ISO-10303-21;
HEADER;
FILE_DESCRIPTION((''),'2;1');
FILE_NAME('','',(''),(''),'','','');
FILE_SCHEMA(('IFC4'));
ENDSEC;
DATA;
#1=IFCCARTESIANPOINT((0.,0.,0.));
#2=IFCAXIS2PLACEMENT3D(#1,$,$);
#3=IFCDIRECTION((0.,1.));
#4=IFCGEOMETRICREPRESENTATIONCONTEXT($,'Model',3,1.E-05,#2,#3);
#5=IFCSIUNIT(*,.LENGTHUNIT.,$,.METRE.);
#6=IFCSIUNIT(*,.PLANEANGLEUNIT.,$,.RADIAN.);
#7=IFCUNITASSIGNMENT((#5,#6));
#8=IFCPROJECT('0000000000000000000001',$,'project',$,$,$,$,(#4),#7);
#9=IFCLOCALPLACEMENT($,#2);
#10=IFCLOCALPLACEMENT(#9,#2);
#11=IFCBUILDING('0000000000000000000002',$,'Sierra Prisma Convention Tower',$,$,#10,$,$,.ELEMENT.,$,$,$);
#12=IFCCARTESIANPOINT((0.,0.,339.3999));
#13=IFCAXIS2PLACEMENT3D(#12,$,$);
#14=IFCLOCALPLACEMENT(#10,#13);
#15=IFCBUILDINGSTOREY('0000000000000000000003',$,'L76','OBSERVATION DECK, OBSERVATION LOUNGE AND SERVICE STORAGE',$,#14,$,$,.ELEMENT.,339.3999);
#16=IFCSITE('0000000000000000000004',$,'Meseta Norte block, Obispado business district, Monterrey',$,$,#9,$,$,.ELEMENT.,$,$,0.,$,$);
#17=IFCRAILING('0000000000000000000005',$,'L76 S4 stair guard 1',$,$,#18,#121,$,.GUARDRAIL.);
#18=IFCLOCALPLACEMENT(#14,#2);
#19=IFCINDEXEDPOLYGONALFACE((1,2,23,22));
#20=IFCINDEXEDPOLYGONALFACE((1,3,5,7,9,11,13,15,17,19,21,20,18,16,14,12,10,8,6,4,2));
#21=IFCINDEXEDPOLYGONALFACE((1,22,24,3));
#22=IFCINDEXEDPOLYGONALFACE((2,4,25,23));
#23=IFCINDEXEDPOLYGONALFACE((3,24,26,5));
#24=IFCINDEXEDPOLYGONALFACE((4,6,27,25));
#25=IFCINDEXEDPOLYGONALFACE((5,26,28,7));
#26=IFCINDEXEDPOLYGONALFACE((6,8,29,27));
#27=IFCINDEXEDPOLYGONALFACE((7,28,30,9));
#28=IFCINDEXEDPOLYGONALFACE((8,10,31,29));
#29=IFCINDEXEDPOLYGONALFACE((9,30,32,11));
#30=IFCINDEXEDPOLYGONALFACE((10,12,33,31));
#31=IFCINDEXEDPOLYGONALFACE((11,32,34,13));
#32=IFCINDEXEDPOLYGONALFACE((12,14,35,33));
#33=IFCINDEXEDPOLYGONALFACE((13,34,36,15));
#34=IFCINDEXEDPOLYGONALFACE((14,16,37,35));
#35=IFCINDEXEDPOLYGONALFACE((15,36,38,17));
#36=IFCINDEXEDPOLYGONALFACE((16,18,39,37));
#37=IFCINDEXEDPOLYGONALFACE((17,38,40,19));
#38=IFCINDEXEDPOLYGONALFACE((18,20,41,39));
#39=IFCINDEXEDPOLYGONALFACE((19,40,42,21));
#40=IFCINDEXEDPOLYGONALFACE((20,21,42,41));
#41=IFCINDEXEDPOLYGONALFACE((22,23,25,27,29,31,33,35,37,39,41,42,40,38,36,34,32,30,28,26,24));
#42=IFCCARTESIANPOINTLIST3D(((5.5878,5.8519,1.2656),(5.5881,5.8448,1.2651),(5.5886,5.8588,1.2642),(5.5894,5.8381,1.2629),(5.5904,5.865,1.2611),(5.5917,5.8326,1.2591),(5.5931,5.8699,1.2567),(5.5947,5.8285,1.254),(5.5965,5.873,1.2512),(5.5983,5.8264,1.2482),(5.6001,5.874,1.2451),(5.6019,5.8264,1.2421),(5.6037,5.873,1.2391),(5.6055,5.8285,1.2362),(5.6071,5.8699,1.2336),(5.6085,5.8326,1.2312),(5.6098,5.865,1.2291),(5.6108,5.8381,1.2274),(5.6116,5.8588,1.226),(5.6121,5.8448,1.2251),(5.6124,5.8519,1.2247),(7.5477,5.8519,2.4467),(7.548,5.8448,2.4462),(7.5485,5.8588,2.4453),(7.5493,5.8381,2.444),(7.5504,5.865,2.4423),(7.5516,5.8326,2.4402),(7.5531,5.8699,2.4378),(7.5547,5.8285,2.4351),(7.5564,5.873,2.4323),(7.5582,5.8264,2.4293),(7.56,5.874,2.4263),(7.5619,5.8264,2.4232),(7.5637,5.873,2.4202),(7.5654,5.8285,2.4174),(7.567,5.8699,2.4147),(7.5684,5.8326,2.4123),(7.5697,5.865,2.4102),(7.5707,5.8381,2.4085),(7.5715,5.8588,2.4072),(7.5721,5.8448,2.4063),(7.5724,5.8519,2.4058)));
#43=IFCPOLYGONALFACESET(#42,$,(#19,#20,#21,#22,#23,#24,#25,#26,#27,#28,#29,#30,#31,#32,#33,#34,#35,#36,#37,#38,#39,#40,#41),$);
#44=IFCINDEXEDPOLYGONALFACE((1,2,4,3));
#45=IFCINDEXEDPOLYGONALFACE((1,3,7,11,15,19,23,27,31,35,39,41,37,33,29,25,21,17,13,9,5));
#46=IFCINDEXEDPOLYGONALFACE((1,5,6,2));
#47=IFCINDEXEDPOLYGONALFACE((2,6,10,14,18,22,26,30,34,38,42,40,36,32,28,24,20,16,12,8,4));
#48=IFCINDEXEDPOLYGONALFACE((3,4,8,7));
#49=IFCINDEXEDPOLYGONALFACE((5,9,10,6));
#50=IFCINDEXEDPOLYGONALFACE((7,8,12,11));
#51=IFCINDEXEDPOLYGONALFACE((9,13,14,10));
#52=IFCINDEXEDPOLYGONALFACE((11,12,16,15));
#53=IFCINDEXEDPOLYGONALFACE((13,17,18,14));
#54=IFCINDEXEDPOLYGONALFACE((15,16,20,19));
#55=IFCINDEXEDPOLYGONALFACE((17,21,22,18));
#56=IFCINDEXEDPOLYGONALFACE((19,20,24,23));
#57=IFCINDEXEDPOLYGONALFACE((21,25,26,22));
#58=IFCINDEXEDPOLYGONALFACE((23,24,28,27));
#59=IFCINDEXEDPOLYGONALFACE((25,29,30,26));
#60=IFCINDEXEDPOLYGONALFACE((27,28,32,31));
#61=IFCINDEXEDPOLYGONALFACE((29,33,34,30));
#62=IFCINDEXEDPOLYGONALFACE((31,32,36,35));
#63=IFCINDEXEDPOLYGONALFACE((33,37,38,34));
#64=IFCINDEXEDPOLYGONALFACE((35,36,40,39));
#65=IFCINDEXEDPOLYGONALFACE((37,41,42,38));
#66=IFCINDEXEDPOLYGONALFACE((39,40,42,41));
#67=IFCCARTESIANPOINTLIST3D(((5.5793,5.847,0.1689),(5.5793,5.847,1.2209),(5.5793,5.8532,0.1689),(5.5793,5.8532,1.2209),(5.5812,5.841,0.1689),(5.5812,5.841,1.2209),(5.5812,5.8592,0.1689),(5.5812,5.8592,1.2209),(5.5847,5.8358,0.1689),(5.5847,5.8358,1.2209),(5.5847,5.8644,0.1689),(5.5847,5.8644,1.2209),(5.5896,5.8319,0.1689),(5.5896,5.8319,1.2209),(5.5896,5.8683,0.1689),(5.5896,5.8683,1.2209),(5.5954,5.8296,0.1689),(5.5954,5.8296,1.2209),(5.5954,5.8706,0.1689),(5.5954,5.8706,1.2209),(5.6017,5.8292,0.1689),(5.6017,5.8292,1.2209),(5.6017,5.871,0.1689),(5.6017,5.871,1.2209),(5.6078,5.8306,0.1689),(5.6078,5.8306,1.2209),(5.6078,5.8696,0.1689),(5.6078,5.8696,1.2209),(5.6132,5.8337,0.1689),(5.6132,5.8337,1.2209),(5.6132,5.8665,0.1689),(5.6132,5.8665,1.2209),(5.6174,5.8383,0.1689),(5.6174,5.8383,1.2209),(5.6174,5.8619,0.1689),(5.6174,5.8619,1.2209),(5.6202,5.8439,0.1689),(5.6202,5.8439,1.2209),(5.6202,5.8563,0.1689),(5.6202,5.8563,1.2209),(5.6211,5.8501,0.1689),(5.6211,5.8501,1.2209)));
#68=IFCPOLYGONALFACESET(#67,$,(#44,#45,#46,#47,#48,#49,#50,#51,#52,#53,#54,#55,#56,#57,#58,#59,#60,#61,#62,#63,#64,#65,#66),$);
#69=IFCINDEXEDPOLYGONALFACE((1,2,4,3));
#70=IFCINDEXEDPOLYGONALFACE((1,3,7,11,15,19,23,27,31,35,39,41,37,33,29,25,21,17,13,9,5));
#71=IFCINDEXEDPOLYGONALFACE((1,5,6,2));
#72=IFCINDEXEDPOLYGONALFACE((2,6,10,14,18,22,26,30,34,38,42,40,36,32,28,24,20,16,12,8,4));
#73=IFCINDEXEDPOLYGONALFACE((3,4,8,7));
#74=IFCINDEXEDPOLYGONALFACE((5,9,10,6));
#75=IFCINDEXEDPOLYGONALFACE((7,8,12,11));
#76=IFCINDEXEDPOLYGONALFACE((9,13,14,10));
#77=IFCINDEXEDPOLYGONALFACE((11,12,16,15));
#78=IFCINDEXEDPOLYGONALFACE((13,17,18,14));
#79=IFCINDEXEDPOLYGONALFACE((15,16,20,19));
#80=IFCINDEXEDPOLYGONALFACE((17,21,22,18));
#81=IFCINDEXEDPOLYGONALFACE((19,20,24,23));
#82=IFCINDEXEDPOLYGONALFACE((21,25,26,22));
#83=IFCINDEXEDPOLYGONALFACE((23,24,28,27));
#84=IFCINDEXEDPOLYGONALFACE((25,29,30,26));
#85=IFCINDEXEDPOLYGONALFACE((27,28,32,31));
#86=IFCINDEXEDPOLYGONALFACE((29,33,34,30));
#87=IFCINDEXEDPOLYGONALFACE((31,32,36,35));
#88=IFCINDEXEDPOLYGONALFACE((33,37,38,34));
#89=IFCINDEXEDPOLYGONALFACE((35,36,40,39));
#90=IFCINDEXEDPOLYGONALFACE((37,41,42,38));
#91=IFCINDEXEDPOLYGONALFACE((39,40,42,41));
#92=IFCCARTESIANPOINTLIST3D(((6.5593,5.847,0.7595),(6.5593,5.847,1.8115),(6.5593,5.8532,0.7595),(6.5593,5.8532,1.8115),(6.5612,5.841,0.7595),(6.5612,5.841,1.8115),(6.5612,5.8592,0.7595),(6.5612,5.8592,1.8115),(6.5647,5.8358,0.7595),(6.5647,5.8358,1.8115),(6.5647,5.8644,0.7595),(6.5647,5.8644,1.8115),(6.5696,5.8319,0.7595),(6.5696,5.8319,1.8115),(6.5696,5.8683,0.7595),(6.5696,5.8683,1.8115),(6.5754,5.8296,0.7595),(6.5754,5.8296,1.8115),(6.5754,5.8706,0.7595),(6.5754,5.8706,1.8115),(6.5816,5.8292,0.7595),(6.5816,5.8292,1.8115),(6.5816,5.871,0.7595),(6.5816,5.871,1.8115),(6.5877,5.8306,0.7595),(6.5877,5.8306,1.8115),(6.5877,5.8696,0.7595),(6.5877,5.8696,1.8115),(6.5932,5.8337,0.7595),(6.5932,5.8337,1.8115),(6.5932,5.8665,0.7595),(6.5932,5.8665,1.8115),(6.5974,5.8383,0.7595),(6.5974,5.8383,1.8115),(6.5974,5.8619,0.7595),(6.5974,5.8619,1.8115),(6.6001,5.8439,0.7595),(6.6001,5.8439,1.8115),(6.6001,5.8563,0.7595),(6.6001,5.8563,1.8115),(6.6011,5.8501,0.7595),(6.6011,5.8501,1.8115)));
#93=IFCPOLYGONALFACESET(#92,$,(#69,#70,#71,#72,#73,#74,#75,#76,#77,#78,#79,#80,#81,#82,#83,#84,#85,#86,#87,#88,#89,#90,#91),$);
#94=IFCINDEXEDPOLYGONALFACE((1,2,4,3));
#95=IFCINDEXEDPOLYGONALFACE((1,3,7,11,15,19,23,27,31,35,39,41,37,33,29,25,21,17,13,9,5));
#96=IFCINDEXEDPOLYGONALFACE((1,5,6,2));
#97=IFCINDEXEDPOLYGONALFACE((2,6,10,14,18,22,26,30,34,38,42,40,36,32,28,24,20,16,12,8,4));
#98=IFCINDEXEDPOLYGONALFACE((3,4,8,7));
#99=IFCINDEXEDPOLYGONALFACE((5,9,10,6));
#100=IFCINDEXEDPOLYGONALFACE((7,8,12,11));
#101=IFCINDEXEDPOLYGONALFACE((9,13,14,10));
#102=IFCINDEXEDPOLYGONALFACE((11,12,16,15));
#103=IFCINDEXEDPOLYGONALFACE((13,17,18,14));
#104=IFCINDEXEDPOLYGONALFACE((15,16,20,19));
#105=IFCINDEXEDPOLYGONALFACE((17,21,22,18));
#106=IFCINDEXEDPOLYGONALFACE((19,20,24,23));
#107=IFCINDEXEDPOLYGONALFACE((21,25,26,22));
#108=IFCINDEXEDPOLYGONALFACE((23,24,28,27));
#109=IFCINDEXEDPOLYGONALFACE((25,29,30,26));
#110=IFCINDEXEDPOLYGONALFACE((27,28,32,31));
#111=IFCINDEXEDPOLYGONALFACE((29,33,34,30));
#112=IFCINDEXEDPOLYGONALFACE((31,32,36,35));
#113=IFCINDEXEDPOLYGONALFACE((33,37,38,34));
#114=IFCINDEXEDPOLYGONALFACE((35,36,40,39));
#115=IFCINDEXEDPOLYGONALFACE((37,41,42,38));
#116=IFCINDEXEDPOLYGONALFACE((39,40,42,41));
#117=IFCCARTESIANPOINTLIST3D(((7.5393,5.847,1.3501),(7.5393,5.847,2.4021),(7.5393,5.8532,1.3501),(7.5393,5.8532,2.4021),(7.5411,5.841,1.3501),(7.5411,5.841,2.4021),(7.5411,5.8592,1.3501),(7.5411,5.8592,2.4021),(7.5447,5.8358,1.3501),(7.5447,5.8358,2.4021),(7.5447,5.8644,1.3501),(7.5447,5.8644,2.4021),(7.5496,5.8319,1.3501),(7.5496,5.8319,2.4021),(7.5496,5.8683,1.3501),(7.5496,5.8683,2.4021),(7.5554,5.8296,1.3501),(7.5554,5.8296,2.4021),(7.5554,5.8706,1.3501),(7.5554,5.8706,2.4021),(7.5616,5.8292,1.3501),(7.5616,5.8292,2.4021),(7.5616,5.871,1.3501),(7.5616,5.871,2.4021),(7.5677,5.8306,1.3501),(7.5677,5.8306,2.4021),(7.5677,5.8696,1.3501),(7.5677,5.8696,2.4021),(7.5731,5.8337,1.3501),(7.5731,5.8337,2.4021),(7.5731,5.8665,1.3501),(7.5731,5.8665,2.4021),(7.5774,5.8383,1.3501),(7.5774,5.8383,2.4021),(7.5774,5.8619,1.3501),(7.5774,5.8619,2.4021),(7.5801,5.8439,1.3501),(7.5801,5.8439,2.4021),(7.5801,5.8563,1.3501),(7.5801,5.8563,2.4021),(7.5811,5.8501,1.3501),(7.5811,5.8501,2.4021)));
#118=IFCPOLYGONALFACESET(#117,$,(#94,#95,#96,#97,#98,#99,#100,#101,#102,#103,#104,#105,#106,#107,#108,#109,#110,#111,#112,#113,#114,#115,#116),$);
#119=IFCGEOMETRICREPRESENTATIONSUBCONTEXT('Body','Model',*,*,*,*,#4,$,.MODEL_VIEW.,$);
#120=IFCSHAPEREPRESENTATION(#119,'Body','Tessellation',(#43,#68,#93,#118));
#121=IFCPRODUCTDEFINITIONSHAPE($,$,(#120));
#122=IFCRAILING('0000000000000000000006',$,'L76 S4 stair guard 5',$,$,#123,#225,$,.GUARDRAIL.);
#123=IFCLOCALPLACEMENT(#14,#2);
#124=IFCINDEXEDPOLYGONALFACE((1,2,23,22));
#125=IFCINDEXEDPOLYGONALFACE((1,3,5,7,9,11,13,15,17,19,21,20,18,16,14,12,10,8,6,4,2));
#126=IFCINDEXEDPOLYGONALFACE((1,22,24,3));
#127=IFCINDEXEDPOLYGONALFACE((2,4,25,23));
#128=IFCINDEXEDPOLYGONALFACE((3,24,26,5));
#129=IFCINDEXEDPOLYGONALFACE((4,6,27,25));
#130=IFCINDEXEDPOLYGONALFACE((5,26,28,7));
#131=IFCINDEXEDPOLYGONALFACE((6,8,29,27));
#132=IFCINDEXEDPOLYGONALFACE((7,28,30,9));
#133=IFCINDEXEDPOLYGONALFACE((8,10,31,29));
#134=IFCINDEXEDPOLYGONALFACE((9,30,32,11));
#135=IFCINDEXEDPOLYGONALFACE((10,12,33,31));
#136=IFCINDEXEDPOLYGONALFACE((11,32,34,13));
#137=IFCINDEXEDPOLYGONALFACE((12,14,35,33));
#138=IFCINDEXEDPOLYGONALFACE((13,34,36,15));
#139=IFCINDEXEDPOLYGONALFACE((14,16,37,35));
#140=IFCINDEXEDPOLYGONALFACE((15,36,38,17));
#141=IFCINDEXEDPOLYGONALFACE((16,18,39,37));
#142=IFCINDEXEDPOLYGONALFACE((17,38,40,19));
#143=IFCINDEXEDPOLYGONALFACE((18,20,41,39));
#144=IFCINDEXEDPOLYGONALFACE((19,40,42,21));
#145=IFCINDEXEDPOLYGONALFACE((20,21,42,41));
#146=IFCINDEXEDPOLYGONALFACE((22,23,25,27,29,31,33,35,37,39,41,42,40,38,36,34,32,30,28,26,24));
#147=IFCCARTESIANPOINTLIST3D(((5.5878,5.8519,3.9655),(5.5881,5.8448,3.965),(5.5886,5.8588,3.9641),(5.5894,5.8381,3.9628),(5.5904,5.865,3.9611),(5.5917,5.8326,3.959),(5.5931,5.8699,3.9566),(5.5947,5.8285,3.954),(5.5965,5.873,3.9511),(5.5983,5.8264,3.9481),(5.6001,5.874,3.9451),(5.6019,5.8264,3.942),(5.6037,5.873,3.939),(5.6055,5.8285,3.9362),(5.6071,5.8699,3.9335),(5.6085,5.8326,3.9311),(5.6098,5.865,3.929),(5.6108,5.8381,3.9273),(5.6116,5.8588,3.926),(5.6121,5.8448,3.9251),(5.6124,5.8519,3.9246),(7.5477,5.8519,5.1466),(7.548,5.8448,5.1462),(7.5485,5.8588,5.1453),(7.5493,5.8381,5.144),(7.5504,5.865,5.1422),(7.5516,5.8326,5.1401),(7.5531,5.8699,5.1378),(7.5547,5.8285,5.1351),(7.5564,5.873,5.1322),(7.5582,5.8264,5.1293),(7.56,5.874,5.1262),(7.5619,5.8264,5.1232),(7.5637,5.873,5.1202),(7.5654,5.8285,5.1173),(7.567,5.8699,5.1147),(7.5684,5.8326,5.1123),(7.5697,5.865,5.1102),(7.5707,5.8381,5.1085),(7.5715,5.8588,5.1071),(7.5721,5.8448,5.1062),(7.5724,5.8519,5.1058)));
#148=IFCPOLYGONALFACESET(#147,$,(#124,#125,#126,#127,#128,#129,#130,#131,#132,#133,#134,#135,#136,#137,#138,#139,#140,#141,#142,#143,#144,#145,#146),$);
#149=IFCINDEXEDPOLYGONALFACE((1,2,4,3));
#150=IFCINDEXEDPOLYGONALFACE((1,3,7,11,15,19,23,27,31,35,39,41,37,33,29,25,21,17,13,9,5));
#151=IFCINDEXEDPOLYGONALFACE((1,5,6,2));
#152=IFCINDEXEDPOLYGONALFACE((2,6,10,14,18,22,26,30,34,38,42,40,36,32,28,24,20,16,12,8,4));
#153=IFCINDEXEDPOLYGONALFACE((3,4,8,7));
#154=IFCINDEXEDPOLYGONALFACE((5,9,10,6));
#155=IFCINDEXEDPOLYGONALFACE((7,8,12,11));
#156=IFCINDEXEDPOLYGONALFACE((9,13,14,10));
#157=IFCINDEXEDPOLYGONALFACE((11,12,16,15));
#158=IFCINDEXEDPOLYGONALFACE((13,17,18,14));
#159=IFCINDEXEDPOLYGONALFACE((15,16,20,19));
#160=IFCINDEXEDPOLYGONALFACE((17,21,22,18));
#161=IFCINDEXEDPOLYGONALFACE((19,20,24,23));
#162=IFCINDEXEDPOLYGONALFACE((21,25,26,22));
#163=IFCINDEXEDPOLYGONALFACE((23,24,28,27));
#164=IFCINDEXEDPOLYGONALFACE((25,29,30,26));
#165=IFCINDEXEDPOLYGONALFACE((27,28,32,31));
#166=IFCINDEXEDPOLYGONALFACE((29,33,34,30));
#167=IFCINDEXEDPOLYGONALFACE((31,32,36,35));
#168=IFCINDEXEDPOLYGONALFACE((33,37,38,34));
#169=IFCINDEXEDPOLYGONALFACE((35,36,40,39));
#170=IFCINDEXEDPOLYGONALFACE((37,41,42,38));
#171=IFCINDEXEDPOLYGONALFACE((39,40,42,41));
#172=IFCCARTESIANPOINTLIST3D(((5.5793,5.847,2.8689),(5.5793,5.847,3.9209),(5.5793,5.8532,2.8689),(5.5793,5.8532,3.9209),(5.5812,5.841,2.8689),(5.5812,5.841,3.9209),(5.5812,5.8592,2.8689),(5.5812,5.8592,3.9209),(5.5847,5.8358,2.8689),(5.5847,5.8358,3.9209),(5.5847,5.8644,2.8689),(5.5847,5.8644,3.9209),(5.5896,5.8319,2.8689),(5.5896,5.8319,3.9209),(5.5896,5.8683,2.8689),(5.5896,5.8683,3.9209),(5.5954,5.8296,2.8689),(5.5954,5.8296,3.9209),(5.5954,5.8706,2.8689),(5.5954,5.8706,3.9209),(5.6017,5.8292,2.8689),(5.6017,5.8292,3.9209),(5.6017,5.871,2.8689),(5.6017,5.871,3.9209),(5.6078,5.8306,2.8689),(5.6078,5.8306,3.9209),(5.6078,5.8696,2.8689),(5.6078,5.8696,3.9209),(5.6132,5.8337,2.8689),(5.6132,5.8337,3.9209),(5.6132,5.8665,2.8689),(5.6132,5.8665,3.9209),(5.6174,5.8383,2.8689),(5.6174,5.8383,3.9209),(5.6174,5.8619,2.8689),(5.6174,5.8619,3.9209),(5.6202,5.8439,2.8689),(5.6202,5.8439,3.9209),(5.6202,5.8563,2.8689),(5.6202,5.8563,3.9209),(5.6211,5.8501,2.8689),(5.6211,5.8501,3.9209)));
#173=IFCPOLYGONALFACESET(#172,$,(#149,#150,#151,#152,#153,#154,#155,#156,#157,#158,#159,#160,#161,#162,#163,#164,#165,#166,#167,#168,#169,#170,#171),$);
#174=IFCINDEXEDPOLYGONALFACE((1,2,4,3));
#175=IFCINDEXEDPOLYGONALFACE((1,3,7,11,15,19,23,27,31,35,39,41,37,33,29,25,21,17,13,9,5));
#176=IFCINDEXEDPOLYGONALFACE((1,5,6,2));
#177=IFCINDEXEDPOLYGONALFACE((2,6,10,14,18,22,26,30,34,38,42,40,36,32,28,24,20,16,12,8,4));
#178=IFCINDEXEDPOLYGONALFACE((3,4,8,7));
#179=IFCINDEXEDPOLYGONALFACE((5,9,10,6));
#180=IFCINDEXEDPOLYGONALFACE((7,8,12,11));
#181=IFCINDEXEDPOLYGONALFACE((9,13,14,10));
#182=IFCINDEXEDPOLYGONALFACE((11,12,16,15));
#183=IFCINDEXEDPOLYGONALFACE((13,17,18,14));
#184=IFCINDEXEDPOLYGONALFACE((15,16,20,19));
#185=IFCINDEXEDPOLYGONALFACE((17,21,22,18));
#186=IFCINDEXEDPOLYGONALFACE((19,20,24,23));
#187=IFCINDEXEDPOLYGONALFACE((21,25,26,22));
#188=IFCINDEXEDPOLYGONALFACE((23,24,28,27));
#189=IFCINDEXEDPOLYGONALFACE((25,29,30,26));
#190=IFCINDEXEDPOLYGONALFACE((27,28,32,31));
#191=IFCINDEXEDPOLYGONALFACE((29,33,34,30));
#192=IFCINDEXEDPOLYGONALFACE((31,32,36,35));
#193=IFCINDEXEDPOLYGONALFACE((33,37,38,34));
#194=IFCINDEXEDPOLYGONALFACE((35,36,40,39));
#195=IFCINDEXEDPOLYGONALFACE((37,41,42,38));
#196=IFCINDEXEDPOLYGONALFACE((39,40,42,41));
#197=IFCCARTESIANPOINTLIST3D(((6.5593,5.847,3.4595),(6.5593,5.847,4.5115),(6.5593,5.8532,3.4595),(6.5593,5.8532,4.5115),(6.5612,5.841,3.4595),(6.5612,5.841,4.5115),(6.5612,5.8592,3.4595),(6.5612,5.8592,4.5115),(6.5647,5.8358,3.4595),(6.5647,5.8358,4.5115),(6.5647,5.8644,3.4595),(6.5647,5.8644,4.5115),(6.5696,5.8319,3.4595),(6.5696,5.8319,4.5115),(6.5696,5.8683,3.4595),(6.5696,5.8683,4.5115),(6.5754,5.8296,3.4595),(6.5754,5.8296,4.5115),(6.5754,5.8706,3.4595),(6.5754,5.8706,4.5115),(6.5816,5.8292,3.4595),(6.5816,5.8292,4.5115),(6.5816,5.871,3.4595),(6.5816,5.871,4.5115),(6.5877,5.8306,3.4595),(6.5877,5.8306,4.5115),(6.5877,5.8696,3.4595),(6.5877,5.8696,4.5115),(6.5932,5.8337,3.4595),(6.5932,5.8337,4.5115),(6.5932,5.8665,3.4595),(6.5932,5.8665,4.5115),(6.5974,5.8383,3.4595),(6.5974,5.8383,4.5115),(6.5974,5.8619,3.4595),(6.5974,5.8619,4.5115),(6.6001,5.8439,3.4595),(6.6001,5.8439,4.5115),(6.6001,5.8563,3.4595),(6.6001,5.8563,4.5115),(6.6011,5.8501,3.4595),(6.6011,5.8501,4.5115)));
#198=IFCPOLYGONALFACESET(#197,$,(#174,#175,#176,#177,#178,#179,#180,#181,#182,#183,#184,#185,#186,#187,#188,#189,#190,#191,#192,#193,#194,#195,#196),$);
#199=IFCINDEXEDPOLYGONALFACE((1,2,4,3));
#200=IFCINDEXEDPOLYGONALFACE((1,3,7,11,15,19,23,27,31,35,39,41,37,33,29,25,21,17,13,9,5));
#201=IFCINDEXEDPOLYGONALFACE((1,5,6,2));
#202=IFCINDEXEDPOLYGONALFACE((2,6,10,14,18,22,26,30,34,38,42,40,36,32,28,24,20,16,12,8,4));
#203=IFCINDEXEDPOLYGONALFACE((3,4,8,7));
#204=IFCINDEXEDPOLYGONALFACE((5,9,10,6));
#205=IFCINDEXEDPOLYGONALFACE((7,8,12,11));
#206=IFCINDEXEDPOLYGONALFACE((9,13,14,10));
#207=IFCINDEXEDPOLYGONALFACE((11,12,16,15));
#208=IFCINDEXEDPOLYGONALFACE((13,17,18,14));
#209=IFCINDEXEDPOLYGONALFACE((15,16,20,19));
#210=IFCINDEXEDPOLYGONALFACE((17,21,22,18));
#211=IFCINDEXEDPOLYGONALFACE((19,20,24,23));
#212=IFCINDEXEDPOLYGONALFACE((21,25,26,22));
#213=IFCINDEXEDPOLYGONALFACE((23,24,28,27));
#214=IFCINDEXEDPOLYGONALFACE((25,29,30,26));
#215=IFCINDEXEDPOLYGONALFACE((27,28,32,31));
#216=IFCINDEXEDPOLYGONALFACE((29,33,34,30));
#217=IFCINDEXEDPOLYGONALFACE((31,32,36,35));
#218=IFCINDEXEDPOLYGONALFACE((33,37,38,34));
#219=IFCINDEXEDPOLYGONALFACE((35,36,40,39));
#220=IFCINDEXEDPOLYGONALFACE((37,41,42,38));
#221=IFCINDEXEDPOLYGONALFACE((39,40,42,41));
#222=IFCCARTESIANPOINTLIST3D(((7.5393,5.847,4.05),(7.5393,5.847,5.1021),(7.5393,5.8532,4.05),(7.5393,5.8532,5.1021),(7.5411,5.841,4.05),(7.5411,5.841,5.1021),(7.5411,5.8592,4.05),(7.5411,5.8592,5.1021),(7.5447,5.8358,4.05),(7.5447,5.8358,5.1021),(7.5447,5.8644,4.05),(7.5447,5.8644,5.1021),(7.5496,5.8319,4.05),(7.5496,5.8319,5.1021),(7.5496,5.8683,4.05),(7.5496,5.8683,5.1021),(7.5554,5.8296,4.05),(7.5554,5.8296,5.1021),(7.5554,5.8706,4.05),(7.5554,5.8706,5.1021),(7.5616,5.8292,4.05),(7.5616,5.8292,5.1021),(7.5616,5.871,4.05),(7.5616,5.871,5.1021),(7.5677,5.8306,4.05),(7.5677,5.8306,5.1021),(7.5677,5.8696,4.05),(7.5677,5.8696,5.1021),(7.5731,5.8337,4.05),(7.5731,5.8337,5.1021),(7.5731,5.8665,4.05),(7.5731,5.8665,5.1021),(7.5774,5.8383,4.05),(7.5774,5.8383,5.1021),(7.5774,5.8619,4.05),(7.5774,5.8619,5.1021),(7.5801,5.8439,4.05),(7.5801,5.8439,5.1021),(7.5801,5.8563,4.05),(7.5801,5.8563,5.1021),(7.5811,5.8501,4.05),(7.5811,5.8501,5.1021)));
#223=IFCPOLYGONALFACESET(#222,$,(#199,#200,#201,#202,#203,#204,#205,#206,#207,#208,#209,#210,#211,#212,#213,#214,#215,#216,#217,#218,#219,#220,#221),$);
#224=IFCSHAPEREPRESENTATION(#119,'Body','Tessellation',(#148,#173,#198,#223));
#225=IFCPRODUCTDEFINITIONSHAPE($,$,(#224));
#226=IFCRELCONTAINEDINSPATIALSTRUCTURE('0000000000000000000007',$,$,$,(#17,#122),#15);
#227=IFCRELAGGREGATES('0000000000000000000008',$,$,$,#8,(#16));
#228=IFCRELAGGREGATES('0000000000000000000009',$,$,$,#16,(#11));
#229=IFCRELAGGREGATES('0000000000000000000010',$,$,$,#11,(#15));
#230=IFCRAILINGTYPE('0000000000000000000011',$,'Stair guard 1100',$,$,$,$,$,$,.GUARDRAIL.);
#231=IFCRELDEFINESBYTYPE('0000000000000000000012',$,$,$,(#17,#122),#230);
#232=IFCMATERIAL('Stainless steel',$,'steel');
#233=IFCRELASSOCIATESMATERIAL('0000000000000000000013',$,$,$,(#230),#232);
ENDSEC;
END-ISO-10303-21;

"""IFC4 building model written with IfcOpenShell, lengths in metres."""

from ifc_helpers import new_model, si_unit, direction, frame, origin, origin_2d, place, context, subcontext, project, spatial, circle, extrude, material, type_object, element, save


model = new_model("IFC4")

# Units and contexts
model_context = context("Model", 3, precision=1e-05, world=origin(), true_north=direction((0.0, 1.0)))
body_context = subcontext(model_context, "Body", "Model", "MODEL_VIEW")
ifc_project = project(units=[si_unit("LENGTHUNIT", "METRE"), si_unit("PLANEANGLEUNIT", "RADIAN")], contexts=[model_context])

# Site, building, storey
site_placement = place(None, origin())
site = spatial("IfcSite", under=ifc_project, at=site_placement, Name="Meseta Norte block, Obispado business district, Monterrey", CompositionType="ELEMENT", RefElevation=0.0)
building_placement = place(site_placement, origin())
building = spatial("IfcBuilding", under=site, at=building_placement, Name="Sierra Prisma Convention Tower", CompositionType="ELEMENT")
storey_placement = place(building_placement, frame((0.0, 0.0, 339.3999)))
storey = spatial("IfcBuildingStorey", under=building, at=storey_placement, Name="L76", Description="OBSERVATION DECK, OBSERVATION LOUNGE AND SERVICE STORAGE", CompositionType="ELEMENT", Elevation=339.3999)

# Railings
ifc_material_1 = material(Name="Stainless steel", Category="steel")
railing_type_1 = type_object("IfcRailingType", Name="Stair guard 1100", PredefinedType="GUARDRAIL", material=ifc_material_1)
for number, where, name in (
    (1, (5.6001, 5.8501, 0.1689), "L76 S4 stair guard 1"),
    (2, (5.6001, 5.8501, 2.8689), "L76 S4 stair guard 5"),
):
    element("IfcRailing", number, at=place(storey_placement, frame(where)), inside=storey, type_object=railing_type_1, Name=name, PredefinedType="GUARDRAIL", context=body_context, shape_type="SweptSolid", body=[
        extrude(circle(Radius=0.0239, at=origin_2d()), frame((0.0, 0.0, 1.0762), z_axis=(0.856493, 0.0, 0.516158), x_axis=(0.0, 1.0, 0.0)), (0.0, 0.0, 1.0), 2.2883),
        extrude(circle(Radius=0.021, at=origin_2d()), origin(), (0.0, 0.0, 1.0), 1.052),
        extrude(circle(Radius=0.021, at=origin_2d()), frame((0.98, 0.0, 0.5906)), (0.0, 0.0, 1.0), 1.052),
        extrude(circle(Radius=0.021, at=origin_2d()), frame((1.96, 0.0, 1.1812)), (0.0, 0.0, 1.0), 1.052),
    ])

save(model, "model.ifc")
